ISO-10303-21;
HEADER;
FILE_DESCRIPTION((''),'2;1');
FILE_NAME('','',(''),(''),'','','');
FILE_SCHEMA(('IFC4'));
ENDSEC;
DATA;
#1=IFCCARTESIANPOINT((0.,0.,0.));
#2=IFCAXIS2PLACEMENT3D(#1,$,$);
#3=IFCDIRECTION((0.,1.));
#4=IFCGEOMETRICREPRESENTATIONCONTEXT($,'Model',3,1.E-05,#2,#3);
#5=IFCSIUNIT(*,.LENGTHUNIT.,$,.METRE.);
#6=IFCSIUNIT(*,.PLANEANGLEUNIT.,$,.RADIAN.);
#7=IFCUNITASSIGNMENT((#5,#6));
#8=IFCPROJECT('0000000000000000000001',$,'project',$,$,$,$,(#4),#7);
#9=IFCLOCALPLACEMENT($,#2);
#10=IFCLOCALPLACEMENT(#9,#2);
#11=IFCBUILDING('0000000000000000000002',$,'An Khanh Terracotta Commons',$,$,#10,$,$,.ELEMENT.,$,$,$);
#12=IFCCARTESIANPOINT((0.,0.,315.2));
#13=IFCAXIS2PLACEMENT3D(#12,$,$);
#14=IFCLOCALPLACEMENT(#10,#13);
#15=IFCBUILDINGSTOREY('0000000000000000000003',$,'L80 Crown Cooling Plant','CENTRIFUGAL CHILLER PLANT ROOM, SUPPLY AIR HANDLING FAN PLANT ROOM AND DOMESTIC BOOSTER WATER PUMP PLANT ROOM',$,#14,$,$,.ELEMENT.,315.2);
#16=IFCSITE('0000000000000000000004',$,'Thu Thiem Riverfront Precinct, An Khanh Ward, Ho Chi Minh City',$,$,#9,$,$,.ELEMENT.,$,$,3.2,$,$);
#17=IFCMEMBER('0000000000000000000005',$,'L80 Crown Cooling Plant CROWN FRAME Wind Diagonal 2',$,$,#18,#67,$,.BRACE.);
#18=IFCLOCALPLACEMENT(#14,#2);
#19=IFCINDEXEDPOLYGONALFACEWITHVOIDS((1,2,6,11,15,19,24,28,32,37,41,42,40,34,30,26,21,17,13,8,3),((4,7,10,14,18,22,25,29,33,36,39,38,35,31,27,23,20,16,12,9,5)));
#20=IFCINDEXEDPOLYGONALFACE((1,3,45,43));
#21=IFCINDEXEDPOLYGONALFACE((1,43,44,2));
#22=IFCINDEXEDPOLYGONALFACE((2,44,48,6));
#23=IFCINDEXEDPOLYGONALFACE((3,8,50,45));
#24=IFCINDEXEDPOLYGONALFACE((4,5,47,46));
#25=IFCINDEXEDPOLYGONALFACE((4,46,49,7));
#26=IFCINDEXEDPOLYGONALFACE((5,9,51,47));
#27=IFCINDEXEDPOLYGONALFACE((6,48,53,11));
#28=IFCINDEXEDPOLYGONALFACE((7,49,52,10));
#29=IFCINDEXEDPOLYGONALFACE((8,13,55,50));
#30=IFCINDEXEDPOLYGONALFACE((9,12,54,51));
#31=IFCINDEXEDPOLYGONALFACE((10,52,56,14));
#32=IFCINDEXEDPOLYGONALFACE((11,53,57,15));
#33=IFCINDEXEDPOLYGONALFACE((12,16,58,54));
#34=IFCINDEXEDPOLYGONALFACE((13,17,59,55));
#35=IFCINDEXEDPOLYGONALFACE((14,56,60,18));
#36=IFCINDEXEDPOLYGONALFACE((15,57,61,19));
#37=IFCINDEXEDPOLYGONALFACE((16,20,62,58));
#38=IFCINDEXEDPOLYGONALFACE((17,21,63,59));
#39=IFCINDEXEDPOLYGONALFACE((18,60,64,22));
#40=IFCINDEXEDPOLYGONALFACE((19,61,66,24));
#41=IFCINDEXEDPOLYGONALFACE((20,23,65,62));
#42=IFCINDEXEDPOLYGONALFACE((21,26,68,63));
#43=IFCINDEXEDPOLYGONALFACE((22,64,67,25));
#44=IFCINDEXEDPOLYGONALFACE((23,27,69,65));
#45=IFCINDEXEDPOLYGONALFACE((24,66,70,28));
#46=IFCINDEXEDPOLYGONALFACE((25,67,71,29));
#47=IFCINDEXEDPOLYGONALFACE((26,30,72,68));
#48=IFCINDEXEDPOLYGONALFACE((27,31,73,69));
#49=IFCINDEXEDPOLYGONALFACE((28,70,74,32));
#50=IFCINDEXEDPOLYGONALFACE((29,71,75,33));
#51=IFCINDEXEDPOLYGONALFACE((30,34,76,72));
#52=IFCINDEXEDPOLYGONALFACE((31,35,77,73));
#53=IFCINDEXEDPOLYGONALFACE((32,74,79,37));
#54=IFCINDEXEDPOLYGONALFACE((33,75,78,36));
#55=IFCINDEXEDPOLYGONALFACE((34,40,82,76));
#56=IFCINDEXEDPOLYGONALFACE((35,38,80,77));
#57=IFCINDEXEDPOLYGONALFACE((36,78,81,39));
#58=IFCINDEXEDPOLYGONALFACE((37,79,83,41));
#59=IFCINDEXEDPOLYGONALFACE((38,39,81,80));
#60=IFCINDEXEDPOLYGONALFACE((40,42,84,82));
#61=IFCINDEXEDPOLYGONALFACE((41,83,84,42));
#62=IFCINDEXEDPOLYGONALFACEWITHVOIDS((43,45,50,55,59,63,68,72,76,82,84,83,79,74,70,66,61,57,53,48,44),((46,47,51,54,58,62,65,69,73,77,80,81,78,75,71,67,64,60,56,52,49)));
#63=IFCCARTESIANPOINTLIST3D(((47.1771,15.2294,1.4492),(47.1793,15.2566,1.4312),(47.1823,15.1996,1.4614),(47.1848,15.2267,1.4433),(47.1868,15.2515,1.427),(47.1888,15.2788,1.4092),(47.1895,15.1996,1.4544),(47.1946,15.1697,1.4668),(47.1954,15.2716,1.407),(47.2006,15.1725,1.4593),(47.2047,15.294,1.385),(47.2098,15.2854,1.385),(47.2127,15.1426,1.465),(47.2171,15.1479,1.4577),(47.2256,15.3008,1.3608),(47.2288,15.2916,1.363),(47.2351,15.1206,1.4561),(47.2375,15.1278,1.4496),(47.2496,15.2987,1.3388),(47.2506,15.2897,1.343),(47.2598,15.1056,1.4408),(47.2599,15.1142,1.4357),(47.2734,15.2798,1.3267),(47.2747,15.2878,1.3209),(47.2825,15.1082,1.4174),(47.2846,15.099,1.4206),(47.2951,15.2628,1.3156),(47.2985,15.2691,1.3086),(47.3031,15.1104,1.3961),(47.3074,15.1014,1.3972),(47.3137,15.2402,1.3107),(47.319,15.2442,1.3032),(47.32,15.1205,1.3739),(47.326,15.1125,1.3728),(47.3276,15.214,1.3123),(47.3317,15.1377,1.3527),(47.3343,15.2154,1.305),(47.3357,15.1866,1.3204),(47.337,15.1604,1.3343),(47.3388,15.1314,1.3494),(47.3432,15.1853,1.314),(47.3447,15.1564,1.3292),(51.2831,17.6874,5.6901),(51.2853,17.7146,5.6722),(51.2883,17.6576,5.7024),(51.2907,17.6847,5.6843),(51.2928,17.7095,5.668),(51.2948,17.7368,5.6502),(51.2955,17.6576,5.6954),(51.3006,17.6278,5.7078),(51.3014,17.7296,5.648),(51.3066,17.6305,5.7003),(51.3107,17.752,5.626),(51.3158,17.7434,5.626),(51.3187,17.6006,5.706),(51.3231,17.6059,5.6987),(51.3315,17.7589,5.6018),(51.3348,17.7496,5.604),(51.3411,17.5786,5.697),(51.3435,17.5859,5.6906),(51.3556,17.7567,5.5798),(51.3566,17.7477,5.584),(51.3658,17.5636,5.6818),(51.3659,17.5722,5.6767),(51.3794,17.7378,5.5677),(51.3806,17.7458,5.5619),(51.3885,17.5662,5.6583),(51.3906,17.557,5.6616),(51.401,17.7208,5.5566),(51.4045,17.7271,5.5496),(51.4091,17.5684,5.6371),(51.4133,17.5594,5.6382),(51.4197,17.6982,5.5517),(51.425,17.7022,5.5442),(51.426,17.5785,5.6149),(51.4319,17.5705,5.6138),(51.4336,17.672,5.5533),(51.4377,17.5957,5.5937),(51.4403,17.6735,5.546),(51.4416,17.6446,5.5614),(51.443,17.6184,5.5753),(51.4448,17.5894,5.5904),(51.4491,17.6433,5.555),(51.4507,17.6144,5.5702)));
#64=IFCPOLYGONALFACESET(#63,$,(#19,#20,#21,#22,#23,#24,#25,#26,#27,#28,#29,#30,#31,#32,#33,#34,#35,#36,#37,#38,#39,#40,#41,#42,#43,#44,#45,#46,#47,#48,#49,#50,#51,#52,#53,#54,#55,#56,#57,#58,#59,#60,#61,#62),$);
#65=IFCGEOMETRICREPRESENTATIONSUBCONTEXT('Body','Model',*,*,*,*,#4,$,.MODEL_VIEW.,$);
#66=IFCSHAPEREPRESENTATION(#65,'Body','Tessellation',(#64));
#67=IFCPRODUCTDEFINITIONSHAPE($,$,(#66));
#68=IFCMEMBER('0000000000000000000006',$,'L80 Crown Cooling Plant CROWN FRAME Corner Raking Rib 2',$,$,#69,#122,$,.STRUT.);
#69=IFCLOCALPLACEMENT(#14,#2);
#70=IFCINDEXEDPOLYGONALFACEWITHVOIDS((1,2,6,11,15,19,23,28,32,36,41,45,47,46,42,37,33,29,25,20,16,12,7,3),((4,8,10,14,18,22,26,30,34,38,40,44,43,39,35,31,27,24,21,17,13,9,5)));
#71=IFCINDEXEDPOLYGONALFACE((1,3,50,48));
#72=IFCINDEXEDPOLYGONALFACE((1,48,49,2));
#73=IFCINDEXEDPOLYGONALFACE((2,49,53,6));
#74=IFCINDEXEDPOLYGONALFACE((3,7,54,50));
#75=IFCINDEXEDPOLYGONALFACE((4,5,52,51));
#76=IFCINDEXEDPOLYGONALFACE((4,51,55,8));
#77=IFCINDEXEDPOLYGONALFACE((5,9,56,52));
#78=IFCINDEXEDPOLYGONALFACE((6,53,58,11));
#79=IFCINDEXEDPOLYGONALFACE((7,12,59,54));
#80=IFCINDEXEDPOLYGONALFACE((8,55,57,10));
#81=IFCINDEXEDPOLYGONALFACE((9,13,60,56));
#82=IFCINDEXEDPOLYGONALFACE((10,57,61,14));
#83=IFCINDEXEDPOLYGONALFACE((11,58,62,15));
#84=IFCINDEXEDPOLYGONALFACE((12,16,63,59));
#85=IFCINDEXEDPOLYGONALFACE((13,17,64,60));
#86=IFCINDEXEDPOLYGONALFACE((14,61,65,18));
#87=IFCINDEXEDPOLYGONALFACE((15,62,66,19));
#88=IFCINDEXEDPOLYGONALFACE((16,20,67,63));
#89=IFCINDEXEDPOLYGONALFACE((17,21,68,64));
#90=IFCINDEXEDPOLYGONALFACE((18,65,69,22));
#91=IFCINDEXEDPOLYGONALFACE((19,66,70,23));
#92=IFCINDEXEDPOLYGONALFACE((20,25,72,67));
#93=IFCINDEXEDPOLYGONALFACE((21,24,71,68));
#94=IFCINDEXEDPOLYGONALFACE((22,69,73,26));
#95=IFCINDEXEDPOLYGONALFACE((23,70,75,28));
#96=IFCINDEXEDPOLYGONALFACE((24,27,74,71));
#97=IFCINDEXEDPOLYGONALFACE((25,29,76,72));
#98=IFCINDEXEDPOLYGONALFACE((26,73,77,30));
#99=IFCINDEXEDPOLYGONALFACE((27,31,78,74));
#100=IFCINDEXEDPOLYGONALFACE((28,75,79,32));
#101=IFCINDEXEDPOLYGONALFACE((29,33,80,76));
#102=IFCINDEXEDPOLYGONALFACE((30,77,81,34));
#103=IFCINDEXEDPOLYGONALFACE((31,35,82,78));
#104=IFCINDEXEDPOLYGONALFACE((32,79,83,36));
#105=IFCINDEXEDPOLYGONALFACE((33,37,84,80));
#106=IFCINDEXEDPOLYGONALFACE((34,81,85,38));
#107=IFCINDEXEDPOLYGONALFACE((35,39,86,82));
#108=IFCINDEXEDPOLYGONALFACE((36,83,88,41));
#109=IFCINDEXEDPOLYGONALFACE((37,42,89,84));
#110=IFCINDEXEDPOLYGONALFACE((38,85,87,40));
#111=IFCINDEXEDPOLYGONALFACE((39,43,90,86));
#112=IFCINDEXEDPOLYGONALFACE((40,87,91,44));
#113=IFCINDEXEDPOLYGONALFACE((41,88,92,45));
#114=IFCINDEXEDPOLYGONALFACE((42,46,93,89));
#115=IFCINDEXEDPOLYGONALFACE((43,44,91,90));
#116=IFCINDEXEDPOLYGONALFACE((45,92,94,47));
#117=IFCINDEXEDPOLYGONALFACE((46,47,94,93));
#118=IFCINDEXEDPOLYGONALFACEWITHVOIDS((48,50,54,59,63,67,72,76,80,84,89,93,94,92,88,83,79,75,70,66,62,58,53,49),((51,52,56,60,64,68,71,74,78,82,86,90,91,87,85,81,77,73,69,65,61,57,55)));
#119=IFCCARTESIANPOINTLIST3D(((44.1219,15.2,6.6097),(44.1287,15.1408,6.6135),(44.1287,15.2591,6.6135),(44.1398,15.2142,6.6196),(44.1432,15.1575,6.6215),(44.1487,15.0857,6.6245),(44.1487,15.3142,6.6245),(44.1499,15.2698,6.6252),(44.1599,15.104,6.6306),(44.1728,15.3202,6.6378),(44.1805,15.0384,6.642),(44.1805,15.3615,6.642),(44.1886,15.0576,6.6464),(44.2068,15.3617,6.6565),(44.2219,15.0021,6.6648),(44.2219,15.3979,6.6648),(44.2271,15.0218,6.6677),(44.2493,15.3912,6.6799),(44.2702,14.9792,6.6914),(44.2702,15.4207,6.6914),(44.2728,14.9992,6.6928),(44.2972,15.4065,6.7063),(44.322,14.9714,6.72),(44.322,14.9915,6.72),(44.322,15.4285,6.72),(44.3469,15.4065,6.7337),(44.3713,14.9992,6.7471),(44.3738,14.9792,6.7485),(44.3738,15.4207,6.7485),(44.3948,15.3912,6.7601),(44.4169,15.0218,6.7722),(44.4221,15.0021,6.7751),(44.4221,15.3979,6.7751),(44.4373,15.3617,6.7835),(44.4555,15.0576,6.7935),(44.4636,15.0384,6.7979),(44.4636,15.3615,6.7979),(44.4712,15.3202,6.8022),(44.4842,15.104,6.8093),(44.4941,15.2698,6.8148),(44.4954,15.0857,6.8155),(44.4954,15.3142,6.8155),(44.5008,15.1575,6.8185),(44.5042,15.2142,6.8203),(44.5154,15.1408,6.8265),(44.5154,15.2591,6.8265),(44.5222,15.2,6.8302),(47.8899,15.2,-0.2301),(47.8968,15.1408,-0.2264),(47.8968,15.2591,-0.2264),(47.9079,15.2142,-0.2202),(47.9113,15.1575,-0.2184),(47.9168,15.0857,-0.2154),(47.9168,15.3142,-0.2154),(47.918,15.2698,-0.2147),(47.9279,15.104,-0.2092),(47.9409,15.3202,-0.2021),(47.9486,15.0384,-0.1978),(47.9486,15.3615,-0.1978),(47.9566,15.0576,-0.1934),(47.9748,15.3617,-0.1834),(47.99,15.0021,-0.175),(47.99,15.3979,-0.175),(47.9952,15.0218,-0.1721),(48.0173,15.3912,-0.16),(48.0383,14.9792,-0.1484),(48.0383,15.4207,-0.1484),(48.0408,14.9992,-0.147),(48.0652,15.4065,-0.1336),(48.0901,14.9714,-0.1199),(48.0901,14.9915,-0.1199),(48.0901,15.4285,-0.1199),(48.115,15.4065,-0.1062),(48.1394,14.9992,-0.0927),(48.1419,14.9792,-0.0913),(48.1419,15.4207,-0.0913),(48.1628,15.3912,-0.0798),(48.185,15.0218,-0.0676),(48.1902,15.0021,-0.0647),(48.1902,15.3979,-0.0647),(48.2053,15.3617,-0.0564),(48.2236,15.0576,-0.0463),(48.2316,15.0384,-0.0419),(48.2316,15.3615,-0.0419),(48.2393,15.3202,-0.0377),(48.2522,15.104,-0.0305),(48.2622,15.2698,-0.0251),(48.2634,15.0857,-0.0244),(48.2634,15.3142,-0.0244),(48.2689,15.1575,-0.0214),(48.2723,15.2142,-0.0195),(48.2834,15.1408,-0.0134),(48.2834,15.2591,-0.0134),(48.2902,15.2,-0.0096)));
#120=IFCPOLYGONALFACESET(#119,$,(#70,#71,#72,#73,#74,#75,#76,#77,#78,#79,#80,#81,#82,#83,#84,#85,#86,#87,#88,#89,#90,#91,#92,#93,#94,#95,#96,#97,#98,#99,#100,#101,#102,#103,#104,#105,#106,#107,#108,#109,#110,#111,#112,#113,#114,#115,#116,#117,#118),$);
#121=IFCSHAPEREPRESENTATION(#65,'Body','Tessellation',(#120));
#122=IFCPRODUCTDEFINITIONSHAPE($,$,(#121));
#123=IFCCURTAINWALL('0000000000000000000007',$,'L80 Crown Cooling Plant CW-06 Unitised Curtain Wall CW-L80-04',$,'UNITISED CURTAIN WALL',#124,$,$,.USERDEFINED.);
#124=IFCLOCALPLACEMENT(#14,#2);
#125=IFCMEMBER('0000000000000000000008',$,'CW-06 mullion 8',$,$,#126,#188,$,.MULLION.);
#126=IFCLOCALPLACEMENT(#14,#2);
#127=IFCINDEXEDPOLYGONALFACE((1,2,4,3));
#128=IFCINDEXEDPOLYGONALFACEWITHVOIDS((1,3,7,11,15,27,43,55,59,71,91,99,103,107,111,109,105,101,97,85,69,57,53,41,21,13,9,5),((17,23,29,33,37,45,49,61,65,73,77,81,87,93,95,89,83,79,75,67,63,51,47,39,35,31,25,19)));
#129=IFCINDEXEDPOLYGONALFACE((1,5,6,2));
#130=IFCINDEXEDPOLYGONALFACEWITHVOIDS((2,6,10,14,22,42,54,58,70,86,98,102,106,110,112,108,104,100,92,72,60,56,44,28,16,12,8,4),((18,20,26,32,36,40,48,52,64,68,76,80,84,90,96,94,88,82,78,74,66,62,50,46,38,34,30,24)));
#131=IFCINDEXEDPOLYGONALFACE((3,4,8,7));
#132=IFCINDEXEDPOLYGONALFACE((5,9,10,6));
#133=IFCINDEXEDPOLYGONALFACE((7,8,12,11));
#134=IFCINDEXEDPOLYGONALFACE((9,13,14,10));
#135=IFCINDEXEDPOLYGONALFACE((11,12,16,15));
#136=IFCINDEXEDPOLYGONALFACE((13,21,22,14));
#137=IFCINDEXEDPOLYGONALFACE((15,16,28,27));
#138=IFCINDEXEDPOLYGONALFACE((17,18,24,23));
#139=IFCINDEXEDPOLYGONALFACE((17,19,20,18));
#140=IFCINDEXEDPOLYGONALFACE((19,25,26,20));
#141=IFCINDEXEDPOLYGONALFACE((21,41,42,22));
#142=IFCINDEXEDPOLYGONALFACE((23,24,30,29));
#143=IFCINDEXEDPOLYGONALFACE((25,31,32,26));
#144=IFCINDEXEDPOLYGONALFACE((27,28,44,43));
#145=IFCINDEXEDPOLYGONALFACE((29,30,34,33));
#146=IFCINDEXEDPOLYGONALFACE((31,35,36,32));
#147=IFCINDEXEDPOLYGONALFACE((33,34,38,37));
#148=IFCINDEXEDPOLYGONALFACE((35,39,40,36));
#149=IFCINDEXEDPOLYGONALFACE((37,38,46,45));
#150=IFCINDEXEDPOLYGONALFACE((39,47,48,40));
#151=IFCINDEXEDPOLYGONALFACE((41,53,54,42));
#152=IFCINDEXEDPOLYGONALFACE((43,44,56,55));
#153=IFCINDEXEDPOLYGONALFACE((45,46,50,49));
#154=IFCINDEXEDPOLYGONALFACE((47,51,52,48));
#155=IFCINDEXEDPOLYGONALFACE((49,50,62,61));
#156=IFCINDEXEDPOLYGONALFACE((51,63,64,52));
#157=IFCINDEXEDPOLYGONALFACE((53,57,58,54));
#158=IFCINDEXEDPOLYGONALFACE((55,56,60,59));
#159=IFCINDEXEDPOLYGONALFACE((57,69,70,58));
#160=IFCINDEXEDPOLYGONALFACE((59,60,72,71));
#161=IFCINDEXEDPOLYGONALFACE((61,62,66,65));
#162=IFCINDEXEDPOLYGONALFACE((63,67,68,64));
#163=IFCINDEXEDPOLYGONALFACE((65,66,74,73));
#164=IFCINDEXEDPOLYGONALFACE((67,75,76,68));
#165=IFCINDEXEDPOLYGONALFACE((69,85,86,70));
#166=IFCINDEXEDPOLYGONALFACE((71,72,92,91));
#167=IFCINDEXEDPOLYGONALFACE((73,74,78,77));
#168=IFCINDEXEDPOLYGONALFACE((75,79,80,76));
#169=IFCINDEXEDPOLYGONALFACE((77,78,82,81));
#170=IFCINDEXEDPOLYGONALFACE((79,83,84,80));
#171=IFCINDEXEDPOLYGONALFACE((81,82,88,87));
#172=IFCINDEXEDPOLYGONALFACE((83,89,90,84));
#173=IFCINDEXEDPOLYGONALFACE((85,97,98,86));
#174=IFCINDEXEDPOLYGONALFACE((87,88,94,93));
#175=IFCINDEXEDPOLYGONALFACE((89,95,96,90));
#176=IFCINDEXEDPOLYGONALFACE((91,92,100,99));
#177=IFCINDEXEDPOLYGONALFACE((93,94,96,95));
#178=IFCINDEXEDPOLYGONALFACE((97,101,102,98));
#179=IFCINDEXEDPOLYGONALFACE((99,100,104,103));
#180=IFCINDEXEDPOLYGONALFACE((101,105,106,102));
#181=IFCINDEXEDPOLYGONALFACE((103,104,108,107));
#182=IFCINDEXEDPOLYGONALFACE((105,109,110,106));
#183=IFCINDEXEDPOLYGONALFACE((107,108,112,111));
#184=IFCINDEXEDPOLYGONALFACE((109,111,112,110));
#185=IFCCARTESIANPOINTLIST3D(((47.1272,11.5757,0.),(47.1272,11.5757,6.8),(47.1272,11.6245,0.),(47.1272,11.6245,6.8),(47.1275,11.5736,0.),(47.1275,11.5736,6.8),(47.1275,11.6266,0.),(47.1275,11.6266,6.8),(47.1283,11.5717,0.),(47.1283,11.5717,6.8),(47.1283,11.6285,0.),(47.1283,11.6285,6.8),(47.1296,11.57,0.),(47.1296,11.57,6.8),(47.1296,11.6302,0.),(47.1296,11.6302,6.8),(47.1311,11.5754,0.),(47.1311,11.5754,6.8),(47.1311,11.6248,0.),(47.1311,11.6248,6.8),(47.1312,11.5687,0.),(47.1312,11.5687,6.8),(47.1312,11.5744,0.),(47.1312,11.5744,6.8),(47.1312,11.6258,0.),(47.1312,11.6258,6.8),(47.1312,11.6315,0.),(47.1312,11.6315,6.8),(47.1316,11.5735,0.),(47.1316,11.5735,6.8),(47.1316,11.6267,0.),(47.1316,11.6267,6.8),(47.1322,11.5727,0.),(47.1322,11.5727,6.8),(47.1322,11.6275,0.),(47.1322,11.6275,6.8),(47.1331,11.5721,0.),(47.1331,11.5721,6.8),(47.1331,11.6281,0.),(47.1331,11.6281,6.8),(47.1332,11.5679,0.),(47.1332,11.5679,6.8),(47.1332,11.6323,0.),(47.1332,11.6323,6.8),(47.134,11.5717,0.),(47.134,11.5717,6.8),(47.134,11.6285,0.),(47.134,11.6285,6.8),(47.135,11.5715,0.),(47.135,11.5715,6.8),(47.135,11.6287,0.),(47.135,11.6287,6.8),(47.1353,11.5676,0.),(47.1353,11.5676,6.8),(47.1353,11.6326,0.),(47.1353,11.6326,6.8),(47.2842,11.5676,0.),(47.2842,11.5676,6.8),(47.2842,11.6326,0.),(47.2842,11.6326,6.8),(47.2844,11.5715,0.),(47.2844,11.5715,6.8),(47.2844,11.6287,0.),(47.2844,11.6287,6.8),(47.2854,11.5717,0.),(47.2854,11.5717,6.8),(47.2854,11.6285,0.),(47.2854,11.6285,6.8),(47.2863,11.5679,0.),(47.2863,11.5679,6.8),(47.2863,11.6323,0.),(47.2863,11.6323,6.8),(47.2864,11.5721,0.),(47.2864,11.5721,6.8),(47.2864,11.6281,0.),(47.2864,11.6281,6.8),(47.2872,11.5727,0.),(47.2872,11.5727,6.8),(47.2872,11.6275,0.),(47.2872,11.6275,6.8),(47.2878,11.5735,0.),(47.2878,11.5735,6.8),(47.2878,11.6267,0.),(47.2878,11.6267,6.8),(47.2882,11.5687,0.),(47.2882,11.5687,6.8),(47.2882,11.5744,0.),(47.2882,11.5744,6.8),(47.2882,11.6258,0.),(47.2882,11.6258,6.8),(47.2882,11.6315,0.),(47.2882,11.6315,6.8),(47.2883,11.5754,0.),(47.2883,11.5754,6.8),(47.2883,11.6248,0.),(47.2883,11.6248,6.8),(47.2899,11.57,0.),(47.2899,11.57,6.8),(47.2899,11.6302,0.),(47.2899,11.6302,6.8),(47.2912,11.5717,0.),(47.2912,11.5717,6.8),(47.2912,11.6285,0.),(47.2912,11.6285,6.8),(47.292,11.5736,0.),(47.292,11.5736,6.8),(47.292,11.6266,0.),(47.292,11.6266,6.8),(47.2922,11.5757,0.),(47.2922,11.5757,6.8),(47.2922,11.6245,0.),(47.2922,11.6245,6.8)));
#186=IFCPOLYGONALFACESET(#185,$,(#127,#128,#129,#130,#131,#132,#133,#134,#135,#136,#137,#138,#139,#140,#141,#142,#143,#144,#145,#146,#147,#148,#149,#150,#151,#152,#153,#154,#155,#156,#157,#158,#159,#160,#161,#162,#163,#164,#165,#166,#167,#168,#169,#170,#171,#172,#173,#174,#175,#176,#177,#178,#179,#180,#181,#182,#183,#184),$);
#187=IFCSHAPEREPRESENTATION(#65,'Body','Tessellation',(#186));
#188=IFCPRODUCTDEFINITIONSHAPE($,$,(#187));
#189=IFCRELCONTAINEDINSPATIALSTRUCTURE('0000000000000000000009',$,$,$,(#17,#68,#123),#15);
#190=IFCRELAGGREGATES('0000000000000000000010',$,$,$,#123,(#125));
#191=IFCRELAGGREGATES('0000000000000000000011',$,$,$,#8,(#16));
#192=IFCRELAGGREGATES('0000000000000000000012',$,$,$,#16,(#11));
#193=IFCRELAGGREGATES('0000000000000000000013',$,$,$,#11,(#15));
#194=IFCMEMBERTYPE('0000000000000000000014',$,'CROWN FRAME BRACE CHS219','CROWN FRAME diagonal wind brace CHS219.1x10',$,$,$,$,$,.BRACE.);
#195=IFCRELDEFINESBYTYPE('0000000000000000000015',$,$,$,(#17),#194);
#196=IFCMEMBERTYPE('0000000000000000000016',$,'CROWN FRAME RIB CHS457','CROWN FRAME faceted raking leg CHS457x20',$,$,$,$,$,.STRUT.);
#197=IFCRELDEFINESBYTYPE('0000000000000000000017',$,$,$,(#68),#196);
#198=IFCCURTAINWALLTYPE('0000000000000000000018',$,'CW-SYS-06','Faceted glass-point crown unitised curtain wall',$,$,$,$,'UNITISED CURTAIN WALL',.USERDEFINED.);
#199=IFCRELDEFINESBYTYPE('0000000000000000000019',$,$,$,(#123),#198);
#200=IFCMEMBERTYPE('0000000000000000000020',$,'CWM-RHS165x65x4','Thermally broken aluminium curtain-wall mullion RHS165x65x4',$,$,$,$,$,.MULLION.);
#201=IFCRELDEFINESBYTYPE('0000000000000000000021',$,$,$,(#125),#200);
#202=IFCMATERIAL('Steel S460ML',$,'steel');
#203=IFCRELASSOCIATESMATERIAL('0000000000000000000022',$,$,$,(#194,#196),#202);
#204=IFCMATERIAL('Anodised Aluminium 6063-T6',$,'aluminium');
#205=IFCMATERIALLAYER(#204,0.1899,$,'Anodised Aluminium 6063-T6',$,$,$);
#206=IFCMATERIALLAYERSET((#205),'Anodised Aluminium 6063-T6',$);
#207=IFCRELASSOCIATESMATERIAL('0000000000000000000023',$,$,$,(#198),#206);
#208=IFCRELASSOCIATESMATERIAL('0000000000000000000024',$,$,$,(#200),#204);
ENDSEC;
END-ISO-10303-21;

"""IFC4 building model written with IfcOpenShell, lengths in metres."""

from ifc_helpers import new_model, si_unit, direction, frame, origin, origin_2d, place, context, subcontext, project, spatial, hollow_rectangle, hollow_circle, extrude, material, layer, layer_set, material_profile, profile_set, type_object, element, aggregate, save


model = new_model("IFC4")

# Units and contexts
model_context = context("Model", 3, precision=1e-05, world=origin(), true_north=direction((0.0, 1.0)))
body_context = subcontext(model_context, "Body", "Model", "MODEL_VIEW")
ifc_project = project(units=[si_unit("LENGTHUNIT", "METRE"), si_unit("PLANEANGLEUNIT", "RADIAN")], contexts=[model_context])

# Site, building, storey
site_placement = place(None, origin())
site = spatial("IfcSite", under=ifc_project, at=site_placement, Name="Thu Thiem Riverfront Precinct, An Khanh Ward, Ho Chi Minh City", CompositionType="ELEMENT", RefElevation=3.2)
building_placement = place(site_placement, origin())
building = spatial("IfcBuilding", under=site, at=building_placement, Name="An Khanh Terracotta Commons", CompositionType="ELEMENT")
storey_placement = place(building_placement, frame((0.0, 0.0, 315.2)))
storey = spatial("IfcBuildingStorey", under=building, at=storey_placement, Name="L80 Crown Cooling Plant", Description="CENTRIFUGAL CHILLER PLANT ROOM, SUPPLY AIR HANDLING FAN PLANT ROOM AND DOMESTIC BOOSTER WATER PUMP PLANT ROOM", CompositionType="ELEMENT", Elevation=315.2)

# Members
ifc_material_1 = material(Name="Steel S460ML", Category="steel")
ifc_material_profile_1 = material_profile(ifc_material_1, hollow_circle(Radius=0.1096, WallThickness=0.01, at=origin_2d()), Name="CHS219.1x10")
ifc_profile_set_1 = profile_set([ifc_material_profile_1], Name="Steel S460ML")
member_type_1 = type_object("IfcMemberType", Name="CROWN FRAME BRACE CHS219", Description="CROWN FRAME diagonal wind brace CHS219.1x10", PredefinedType="BRACE", material=ifc_profile_set_1)
member_1_placement = place(storey_placement, frame((47.261, 15.2, 1.385), z_axis=(0.642132, 0.384409, 0.663247), x_axis=(-0.51364, 0.858006, 0.0)))
element("IfcMember", 1, at=member_1_placement, inside=storey, type_object=member_type_1, Name="L80 Crown Cooling Plant CROWN FRAME Wind Diagonal 2", PredefinedType="BRACE", context=body_context, shape_type="SweptSolid", body=[
    extrude(hollow_circle(Radius=0.1096, WallThickness=0.01, at=origin_2d()), origin(), (0.0, 0.0, 1.0), 6.3943),
])
ifc_material_profile_2 = material_profile(ifc_material_1, hollow_circle(Radius=0.2285, WallThickness=0.02, at=origin_2d()), Name="CHS457x20")
ifc_profile_set_2 = profile_set([ifc_material_profile_2], Name="Steel S460ML")
member_type_2 = type_object("IfcMemberType", Name="CROWN FRAME RIB CHS457", Description="CROWN FRAME faceted raking leg CHS457x20", PredefinedType="STRUT", material=ifc_profile_set_2)
member_2_placement = place(storey_placement, frame((48.0901, 15.2, -0.1199), z_axis=(-0.482524, 0.0, 0.875883), x_axis=(0.0, -1.0, 0.0)))
element("IfcMember", 2, at=member_2_placement, inside=storey, type_object=member_type_2, Name="L80 Crown Cooling Plant CROWN FRAME Corner Raking Rib 2", PredefinedType="STRUT", context=body_context, shape_type="SweptSolid", body=[
    extrude(hollow_circle(Radius=0.2285, WallThickness=0.02, at=origin_2d()), origin(), (0.0, 0.0, 1.0), 7.8091),
])

# Curtain wall, member
ifc_material_2 = material(Name="Anodised Aluminium 6063-T6", Category="aluminium")
ifc_layer_1 = layer(ifc_material_2, 0.1899, Name="Anodised Aluminium 6063-T6")
ifc_layer_set_1 = layer_set([ifc_layer_1], Name="Anodised Aluminium 6063-T6")
curtain_wall_type = type_object("IfcCurtainWallType", Name="CW-SYS-06", Description="Faceted glass-point crown unitised curtain wall", ElementType="UNITISED CURTAIN WALL", PredefinedType="USERDEFINED", material=ifc_layer_set_1)
curtain_wall_placement = place(storey_placement, origin())
curtain_wall = element("IfcCurtainWall", 3, at=curtain_wall_placement, inside=storey, type_object=curtain_wall_type, Name="L80 Crown Cooling Plant CW-06 Unitised Curtain Wall CW-L80-04", ObjectType="UNITISED CURTAIN WALL", PredefinedType="USERDEFINED")
ifc_material_profile_3 = material_profile(ifc_material_2, hollow_rectangle(XDim=0.0649, YDim=0.165, WallThickness=0.0039, InnerFilletRadius=0.0039, OuterFilletRadius=0.0081, at=origin_2d()), Name="RHS165x65x4")
ifc_profile_set_3 = profile_set([ifc_material_profile_3], Name="Anodised Aluminium 6063-T6")
member_type_3 = type_object("IfcMemberType", Name="CWM-RHS165x65x4", Description="Thermally broken aluminium curtain-wall mullion RHS165x65x4", PredefinedType="MULLION", material=ifc_profile_set_3)
member_3_placement = place(storey_placement, frame((47.2097, 11.6001, 0.0), z_axis=(0.0, 0.0, 1.0), x_axis=(0.0, 1.0, 0.0)))
member_3 = element("IfcMember", 4, at=member_3_placement, type_object=member_type_3, Name="CW-06 mullion 8", PredefinedType="MULLION", context=body_context, shape_type="SweptSolid", body=[
    extrude(hollow_rectangle(XDim=0.0649, YDim=0.165, WallThickness=0.0039, InnerFilletRadius=0.0039, OuterFilletRadius=0.0081, at=origin_2d()), origin(), (0.0, 0.0, 1.0), 6.8),
])

aggregate(curtain_wall, [member_3])

save(model, "model.ifc")
